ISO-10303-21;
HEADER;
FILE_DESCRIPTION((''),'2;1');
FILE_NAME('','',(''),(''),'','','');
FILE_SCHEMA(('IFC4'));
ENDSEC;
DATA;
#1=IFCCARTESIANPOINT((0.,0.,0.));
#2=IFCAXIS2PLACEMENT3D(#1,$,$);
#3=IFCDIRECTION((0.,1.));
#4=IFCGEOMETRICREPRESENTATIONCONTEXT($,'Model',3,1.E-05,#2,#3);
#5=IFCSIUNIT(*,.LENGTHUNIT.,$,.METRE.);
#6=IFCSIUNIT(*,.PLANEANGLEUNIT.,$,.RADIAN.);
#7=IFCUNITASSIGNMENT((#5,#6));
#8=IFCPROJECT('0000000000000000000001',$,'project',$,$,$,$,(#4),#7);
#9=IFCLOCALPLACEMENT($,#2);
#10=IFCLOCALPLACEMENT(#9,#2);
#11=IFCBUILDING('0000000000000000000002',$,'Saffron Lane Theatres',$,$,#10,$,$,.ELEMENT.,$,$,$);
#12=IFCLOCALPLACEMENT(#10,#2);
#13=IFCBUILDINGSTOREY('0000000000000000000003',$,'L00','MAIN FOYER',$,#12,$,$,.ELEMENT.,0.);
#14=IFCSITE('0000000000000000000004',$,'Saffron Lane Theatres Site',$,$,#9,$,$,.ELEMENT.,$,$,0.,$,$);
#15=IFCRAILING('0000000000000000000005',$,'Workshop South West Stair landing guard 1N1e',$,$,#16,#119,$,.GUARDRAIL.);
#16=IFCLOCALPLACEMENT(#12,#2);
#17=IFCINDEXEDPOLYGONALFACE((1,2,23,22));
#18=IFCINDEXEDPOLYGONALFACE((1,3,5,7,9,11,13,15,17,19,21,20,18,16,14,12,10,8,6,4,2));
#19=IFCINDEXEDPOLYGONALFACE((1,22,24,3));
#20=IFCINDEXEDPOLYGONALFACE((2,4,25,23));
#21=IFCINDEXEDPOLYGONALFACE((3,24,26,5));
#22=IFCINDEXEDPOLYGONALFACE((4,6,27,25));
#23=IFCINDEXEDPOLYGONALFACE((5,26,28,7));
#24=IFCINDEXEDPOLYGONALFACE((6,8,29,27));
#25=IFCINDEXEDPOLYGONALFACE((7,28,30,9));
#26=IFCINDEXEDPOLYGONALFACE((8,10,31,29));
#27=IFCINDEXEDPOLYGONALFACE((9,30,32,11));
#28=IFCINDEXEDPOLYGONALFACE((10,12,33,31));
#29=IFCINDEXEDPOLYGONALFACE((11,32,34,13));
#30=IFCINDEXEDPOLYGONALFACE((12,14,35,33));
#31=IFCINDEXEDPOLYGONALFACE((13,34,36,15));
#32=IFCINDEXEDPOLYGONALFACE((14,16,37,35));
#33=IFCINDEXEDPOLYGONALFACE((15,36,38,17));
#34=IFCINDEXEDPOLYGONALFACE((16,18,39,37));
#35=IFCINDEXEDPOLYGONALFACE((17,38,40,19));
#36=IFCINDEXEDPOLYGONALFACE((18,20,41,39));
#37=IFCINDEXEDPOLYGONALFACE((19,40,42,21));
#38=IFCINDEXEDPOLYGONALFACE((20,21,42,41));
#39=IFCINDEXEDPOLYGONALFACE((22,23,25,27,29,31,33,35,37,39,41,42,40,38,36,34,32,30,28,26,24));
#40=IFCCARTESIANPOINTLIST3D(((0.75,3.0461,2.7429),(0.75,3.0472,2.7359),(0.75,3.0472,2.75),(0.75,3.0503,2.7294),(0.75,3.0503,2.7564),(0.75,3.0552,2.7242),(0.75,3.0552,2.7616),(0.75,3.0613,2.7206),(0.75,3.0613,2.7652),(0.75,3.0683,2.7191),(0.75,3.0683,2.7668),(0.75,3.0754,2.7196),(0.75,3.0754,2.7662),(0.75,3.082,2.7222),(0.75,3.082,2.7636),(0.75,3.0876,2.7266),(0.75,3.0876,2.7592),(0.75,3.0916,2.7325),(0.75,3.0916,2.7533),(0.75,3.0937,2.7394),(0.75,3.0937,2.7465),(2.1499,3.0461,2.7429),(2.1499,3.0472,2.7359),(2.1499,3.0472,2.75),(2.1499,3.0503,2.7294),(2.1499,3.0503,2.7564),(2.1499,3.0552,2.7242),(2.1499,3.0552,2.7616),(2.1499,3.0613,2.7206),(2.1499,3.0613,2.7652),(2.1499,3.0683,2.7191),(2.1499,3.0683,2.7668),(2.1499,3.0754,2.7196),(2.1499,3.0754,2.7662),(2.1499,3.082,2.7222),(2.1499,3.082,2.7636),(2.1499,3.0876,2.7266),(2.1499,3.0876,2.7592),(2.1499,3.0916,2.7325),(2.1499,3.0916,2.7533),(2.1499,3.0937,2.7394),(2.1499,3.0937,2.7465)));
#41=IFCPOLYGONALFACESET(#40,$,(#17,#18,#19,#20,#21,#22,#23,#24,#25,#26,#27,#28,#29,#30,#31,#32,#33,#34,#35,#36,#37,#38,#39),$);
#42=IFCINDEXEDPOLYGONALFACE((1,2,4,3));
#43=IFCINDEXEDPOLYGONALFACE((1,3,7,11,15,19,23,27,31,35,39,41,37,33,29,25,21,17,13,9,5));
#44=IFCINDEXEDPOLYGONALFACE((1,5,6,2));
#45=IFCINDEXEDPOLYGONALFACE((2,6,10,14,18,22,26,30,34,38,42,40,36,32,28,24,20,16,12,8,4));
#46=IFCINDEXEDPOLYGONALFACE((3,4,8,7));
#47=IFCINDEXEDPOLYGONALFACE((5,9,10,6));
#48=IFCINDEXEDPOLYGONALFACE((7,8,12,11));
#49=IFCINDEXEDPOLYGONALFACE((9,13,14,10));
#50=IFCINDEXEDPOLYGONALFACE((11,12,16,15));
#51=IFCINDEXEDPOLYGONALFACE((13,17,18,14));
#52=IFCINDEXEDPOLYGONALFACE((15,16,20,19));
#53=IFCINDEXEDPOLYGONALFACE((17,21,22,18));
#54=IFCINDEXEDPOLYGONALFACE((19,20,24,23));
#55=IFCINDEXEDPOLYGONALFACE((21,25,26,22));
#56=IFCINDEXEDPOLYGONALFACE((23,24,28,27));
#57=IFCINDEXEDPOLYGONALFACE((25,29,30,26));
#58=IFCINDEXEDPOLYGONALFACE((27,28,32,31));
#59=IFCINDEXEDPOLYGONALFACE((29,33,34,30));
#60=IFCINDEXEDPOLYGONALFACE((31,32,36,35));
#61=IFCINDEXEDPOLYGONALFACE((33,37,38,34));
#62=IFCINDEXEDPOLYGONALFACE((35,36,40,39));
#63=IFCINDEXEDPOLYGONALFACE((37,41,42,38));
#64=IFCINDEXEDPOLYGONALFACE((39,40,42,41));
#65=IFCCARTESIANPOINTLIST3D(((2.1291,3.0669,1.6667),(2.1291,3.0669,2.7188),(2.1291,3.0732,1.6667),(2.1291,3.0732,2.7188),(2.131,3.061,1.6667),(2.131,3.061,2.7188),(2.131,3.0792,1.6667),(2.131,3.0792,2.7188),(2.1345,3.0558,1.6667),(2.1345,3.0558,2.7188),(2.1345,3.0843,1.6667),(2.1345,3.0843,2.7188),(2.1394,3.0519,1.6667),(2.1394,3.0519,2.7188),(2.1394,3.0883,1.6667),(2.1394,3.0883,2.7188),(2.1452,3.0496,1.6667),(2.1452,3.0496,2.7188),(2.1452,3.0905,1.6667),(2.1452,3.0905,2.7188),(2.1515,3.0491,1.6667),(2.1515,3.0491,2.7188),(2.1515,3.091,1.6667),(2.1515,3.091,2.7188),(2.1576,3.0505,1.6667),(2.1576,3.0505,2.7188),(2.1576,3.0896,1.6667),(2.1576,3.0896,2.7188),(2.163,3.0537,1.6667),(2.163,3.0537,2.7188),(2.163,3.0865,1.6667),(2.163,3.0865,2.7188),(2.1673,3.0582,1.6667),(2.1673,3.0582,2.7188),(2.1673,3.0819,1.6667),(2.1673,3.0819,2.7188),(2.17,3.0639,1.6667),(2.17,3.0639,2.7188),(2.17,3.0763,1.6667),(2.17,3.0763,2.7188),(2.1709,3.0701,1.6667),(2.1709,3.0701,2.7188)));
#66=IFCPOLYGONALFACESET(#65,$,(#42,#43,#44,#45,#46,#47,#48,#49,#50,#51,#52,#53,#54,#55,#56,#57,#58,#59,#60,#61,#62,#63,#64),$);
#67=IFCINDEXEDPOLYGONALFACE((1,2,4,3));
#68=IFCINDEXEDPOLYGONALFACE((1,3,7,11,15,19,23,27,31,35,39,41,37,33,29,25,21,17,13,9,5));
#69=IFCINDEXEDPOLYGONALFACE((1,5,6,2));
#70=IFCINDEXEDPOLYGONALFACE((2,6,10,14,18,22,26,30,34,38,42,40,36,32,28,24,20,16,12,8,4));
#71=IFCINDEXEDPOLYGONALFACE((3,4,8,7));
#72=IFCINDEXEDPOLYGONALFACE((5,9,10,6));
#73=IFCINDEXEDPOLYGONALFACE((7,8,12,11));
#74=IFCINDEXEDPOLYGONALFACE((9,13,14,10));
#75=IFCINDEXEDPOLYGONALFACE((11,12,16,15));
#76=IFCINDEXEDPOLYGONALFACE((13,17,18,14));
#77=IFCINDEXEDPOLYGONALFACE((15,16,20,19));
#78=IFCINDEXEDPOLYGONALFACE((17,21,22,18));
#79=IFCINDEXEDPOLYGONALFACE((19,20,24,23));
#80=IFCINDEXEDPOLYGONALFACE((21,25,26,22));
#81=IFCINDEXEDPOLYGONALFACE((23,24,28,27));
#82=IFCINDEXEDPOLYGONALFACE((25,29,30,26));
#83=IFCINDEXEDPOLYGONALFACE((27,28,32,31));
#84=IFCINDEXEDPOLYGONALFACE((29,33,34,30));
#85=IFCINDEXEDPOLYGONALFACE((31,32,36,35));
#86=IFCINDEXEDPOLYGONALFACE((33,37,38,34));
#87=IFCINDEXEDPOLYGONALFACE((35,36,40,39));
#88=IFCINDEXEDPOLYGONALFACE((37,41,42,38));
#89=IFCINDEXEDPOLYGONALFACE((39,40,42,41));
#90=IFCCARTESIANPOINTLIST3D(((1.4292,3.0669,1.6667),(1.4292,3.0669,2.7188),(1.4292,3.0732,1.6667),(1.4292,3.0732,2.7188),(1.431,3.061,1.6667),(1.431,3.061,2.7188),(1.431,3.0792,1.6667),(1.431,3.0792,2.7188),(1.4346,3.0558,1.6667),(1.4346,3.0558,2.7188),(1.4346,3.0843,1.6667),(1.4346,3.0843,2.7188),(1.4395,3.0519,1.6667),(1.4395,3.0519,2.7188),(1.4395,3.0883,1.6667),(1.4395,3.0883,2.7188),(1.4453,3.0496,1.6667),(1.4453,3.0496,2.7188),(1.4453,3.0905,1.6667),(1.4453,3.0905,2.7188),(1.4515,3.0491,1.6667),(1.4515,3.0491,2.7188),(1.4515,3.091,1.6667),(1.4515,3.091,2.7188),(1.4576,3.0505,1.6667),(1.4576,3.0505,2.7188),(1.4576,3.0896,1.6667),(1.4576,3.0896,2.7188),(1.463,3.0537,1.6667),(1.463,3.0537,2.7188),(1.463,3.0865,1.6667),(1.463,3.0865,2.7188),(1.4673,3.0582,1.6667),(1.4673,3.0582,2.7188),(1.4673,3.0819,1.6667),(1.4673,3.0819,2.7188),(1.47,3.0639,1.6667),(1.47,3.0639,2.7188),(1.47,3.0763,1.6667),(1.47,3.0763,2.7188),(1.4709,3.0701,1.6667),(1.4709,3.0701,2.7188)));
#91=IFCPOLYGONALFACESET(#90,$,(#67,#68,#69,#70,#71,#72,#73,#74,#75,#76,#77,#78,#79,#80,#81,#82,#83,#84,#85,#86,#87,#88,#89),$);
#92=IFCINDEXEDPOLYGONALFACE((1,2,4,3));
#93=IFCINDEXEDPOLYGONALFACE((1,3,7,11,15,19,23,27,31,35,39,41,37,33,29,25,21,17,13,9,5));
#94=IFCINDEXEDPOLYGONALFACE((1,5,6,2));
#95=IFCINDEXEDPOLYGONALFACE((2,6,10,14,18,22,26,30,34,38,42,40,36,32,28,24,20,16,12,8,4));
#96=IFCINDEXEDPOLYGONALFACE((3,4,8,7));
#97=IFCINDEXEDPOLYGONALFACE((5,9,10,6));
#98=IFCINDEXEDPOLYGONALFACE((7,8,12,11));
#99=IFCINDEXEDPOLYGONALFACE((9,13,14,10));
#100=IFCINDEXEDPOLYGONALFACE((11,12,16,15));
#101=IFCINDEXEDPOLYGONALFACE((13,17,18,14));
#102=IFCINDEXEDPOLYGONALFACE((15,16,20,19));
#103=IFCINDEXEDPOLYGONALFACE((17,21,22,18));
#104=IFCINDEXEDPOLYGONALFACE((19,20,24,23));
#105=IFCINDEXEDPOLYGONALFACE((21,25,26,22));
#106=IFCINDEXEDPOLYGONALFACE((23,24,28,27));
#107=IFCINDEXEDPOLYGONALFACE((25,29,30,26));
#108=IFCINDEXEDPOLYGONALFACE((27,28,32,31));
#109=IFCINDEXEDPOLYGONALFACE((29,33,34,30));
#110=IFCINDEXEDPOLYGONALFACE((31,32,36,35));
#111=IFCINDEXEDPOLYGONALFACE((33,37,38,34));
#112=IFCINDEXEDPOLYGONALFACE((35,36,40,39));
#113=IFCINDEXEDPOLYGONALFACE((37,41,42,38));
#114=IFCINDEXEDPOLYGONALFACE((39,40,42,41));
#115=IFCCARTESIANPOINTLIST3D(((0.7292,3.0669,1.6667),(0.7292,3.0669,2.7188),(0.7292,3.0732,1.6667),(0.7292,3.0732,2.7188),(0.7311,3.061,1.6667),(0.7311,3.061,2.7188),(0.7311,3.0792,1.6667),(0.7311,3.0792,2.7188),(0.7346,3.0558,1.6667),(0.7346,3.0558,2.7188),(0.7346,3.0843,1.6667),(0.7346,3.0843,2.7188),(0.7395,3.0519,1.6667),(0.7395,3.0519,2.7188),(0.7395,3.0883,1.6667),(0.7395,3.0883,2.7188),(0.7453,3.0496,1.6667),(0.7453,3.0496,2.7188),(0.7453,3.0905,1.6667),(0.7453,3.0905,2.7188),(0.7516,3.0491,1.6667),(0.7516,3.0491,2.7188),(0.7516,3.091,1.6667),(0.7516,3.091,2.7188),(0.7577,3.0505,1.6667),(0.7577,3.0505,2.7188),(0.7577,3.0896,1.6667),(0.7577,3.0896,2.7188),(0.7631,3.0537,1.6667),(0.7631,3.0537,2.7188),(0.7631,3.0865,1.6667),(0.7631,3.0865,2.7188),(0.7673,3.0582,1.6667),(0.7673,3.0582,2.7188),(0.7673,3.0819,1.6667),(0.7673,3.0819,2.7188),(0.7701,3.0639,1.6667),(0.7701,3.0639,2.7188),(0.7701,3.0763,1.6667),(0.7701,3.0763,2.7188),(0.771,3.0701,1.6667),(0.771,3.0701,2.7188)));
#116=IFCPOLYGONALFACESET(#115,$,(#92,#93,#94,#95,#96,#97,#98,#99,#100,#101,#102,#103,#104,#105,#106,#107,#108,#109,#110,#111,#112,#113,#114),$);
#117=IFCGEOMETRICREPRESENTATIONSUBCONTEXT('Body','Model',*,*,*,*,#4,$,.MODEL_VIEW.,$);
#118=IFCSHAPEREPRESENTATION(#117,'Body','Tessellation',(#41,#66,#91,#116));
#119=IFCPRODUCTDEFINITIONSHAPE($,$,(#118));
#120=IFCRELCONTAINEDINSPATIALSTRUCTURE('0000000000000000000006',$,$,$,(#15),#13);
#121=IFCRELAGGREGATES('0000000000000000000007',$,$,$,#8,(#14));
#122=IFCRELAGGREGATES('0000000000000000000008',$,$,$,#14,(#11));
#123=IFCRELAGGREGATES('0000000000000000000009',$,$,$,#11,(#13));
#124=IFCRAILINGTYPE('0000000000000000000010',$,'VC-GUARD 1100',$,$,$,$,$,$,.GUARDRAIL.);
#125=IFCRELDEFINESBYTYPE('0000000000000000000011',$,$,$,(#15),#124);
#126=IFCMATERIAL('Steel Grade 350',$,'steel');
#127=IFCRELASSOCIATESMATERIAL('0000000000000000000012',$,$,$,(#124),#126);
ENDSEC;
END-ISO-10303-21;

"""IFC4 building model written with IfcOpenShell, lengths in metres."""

from ifc_helpers import new_model, si_unit, direction, frame, origin, origin_2d, place, context, subcontext, project, spatial, circle, extrude, material, type_object, element, save


model = new_model("IFC4")

# Units and contexts
model_context = context("Model", 3, precision=1e-05, world=origin(), true_north=direction((0.0, 1.0)))
body_context = subcontext(model_context, "Body", "Model", "MODEL_VIEW")
ifc_project = project(units=[si_unit("LENGTHUNIT", "METRE"), si_unit("PLANEANGLEUNIT", "RADIAN")], contexts=[model_context])

# Site, building, storey
site_placement = place(None, origin())
site = spatial("IfcSite", under=ifc_project, at=site_placement, Name="Saffron Lane Theatres Site", CompositionType="ELEMENT", RefElevation=0.0)
building_placement = place(site_placement, origin())
building = spatial("IfcBuilding", under=site, at=building_placement, Name="Saffron Lane Theatres", CompositionType="ELEMENT")
storey_placement = place(building_placement, origin())
storey = spatial("IfcBuildingStorey", under=building, at=storey_placement, Name="L00", Description="MAIN FOYER", CompositionType="ELEMENT", Elevation=0.0)

# Railing
ifc_material_1 = material(Name="Steel Grade 350", Category="steel")
railing_type_1 = type_object("IfcRailingType", Name="VC-GUARD 1100", PredefinedType="GUARDRAIL", material=ifc_material_1)
railing_1_placement = place(storey_placement, frame((2.1499, 3.0701, 1.6667)))
element("IfcRailing", 1, at=railing_1_placement, inside=storey, type_object=railing_type_1, Name="Workshop South West Stair landing guard 1N1e", PredefinedType="GUARDRAIL", context=body_context, shape_type="SweptSolid", body=[
    extrude(circle(Radius=0.0239, at=origin_2d()), frame((0.0, 0.0, 1.0762), z_axis=(-1.0, 0.0, 0.0), x_axis=(0.0, -1.0, 0.0)), (0.0, 0.0, 1.0), 1.3999),
    extrude(circle(Radius=0.021, at=origin_2d()), origin(), (0.0, 0.0, 1.0), 1.052),
    extrude(circle(Radius=0.021, at=origin_2d()), frame((-0.7, 0.0, 0.0)), (0.0, 0.0, 1.0), 1.052),
    extrude(circle(Radius=0.021, at=origin_2d()), frame((-1.3999, 0.0, 0.0)), (0.0, 0.0, 1.0), 1.052),
])

save(model, "model.ifc")
